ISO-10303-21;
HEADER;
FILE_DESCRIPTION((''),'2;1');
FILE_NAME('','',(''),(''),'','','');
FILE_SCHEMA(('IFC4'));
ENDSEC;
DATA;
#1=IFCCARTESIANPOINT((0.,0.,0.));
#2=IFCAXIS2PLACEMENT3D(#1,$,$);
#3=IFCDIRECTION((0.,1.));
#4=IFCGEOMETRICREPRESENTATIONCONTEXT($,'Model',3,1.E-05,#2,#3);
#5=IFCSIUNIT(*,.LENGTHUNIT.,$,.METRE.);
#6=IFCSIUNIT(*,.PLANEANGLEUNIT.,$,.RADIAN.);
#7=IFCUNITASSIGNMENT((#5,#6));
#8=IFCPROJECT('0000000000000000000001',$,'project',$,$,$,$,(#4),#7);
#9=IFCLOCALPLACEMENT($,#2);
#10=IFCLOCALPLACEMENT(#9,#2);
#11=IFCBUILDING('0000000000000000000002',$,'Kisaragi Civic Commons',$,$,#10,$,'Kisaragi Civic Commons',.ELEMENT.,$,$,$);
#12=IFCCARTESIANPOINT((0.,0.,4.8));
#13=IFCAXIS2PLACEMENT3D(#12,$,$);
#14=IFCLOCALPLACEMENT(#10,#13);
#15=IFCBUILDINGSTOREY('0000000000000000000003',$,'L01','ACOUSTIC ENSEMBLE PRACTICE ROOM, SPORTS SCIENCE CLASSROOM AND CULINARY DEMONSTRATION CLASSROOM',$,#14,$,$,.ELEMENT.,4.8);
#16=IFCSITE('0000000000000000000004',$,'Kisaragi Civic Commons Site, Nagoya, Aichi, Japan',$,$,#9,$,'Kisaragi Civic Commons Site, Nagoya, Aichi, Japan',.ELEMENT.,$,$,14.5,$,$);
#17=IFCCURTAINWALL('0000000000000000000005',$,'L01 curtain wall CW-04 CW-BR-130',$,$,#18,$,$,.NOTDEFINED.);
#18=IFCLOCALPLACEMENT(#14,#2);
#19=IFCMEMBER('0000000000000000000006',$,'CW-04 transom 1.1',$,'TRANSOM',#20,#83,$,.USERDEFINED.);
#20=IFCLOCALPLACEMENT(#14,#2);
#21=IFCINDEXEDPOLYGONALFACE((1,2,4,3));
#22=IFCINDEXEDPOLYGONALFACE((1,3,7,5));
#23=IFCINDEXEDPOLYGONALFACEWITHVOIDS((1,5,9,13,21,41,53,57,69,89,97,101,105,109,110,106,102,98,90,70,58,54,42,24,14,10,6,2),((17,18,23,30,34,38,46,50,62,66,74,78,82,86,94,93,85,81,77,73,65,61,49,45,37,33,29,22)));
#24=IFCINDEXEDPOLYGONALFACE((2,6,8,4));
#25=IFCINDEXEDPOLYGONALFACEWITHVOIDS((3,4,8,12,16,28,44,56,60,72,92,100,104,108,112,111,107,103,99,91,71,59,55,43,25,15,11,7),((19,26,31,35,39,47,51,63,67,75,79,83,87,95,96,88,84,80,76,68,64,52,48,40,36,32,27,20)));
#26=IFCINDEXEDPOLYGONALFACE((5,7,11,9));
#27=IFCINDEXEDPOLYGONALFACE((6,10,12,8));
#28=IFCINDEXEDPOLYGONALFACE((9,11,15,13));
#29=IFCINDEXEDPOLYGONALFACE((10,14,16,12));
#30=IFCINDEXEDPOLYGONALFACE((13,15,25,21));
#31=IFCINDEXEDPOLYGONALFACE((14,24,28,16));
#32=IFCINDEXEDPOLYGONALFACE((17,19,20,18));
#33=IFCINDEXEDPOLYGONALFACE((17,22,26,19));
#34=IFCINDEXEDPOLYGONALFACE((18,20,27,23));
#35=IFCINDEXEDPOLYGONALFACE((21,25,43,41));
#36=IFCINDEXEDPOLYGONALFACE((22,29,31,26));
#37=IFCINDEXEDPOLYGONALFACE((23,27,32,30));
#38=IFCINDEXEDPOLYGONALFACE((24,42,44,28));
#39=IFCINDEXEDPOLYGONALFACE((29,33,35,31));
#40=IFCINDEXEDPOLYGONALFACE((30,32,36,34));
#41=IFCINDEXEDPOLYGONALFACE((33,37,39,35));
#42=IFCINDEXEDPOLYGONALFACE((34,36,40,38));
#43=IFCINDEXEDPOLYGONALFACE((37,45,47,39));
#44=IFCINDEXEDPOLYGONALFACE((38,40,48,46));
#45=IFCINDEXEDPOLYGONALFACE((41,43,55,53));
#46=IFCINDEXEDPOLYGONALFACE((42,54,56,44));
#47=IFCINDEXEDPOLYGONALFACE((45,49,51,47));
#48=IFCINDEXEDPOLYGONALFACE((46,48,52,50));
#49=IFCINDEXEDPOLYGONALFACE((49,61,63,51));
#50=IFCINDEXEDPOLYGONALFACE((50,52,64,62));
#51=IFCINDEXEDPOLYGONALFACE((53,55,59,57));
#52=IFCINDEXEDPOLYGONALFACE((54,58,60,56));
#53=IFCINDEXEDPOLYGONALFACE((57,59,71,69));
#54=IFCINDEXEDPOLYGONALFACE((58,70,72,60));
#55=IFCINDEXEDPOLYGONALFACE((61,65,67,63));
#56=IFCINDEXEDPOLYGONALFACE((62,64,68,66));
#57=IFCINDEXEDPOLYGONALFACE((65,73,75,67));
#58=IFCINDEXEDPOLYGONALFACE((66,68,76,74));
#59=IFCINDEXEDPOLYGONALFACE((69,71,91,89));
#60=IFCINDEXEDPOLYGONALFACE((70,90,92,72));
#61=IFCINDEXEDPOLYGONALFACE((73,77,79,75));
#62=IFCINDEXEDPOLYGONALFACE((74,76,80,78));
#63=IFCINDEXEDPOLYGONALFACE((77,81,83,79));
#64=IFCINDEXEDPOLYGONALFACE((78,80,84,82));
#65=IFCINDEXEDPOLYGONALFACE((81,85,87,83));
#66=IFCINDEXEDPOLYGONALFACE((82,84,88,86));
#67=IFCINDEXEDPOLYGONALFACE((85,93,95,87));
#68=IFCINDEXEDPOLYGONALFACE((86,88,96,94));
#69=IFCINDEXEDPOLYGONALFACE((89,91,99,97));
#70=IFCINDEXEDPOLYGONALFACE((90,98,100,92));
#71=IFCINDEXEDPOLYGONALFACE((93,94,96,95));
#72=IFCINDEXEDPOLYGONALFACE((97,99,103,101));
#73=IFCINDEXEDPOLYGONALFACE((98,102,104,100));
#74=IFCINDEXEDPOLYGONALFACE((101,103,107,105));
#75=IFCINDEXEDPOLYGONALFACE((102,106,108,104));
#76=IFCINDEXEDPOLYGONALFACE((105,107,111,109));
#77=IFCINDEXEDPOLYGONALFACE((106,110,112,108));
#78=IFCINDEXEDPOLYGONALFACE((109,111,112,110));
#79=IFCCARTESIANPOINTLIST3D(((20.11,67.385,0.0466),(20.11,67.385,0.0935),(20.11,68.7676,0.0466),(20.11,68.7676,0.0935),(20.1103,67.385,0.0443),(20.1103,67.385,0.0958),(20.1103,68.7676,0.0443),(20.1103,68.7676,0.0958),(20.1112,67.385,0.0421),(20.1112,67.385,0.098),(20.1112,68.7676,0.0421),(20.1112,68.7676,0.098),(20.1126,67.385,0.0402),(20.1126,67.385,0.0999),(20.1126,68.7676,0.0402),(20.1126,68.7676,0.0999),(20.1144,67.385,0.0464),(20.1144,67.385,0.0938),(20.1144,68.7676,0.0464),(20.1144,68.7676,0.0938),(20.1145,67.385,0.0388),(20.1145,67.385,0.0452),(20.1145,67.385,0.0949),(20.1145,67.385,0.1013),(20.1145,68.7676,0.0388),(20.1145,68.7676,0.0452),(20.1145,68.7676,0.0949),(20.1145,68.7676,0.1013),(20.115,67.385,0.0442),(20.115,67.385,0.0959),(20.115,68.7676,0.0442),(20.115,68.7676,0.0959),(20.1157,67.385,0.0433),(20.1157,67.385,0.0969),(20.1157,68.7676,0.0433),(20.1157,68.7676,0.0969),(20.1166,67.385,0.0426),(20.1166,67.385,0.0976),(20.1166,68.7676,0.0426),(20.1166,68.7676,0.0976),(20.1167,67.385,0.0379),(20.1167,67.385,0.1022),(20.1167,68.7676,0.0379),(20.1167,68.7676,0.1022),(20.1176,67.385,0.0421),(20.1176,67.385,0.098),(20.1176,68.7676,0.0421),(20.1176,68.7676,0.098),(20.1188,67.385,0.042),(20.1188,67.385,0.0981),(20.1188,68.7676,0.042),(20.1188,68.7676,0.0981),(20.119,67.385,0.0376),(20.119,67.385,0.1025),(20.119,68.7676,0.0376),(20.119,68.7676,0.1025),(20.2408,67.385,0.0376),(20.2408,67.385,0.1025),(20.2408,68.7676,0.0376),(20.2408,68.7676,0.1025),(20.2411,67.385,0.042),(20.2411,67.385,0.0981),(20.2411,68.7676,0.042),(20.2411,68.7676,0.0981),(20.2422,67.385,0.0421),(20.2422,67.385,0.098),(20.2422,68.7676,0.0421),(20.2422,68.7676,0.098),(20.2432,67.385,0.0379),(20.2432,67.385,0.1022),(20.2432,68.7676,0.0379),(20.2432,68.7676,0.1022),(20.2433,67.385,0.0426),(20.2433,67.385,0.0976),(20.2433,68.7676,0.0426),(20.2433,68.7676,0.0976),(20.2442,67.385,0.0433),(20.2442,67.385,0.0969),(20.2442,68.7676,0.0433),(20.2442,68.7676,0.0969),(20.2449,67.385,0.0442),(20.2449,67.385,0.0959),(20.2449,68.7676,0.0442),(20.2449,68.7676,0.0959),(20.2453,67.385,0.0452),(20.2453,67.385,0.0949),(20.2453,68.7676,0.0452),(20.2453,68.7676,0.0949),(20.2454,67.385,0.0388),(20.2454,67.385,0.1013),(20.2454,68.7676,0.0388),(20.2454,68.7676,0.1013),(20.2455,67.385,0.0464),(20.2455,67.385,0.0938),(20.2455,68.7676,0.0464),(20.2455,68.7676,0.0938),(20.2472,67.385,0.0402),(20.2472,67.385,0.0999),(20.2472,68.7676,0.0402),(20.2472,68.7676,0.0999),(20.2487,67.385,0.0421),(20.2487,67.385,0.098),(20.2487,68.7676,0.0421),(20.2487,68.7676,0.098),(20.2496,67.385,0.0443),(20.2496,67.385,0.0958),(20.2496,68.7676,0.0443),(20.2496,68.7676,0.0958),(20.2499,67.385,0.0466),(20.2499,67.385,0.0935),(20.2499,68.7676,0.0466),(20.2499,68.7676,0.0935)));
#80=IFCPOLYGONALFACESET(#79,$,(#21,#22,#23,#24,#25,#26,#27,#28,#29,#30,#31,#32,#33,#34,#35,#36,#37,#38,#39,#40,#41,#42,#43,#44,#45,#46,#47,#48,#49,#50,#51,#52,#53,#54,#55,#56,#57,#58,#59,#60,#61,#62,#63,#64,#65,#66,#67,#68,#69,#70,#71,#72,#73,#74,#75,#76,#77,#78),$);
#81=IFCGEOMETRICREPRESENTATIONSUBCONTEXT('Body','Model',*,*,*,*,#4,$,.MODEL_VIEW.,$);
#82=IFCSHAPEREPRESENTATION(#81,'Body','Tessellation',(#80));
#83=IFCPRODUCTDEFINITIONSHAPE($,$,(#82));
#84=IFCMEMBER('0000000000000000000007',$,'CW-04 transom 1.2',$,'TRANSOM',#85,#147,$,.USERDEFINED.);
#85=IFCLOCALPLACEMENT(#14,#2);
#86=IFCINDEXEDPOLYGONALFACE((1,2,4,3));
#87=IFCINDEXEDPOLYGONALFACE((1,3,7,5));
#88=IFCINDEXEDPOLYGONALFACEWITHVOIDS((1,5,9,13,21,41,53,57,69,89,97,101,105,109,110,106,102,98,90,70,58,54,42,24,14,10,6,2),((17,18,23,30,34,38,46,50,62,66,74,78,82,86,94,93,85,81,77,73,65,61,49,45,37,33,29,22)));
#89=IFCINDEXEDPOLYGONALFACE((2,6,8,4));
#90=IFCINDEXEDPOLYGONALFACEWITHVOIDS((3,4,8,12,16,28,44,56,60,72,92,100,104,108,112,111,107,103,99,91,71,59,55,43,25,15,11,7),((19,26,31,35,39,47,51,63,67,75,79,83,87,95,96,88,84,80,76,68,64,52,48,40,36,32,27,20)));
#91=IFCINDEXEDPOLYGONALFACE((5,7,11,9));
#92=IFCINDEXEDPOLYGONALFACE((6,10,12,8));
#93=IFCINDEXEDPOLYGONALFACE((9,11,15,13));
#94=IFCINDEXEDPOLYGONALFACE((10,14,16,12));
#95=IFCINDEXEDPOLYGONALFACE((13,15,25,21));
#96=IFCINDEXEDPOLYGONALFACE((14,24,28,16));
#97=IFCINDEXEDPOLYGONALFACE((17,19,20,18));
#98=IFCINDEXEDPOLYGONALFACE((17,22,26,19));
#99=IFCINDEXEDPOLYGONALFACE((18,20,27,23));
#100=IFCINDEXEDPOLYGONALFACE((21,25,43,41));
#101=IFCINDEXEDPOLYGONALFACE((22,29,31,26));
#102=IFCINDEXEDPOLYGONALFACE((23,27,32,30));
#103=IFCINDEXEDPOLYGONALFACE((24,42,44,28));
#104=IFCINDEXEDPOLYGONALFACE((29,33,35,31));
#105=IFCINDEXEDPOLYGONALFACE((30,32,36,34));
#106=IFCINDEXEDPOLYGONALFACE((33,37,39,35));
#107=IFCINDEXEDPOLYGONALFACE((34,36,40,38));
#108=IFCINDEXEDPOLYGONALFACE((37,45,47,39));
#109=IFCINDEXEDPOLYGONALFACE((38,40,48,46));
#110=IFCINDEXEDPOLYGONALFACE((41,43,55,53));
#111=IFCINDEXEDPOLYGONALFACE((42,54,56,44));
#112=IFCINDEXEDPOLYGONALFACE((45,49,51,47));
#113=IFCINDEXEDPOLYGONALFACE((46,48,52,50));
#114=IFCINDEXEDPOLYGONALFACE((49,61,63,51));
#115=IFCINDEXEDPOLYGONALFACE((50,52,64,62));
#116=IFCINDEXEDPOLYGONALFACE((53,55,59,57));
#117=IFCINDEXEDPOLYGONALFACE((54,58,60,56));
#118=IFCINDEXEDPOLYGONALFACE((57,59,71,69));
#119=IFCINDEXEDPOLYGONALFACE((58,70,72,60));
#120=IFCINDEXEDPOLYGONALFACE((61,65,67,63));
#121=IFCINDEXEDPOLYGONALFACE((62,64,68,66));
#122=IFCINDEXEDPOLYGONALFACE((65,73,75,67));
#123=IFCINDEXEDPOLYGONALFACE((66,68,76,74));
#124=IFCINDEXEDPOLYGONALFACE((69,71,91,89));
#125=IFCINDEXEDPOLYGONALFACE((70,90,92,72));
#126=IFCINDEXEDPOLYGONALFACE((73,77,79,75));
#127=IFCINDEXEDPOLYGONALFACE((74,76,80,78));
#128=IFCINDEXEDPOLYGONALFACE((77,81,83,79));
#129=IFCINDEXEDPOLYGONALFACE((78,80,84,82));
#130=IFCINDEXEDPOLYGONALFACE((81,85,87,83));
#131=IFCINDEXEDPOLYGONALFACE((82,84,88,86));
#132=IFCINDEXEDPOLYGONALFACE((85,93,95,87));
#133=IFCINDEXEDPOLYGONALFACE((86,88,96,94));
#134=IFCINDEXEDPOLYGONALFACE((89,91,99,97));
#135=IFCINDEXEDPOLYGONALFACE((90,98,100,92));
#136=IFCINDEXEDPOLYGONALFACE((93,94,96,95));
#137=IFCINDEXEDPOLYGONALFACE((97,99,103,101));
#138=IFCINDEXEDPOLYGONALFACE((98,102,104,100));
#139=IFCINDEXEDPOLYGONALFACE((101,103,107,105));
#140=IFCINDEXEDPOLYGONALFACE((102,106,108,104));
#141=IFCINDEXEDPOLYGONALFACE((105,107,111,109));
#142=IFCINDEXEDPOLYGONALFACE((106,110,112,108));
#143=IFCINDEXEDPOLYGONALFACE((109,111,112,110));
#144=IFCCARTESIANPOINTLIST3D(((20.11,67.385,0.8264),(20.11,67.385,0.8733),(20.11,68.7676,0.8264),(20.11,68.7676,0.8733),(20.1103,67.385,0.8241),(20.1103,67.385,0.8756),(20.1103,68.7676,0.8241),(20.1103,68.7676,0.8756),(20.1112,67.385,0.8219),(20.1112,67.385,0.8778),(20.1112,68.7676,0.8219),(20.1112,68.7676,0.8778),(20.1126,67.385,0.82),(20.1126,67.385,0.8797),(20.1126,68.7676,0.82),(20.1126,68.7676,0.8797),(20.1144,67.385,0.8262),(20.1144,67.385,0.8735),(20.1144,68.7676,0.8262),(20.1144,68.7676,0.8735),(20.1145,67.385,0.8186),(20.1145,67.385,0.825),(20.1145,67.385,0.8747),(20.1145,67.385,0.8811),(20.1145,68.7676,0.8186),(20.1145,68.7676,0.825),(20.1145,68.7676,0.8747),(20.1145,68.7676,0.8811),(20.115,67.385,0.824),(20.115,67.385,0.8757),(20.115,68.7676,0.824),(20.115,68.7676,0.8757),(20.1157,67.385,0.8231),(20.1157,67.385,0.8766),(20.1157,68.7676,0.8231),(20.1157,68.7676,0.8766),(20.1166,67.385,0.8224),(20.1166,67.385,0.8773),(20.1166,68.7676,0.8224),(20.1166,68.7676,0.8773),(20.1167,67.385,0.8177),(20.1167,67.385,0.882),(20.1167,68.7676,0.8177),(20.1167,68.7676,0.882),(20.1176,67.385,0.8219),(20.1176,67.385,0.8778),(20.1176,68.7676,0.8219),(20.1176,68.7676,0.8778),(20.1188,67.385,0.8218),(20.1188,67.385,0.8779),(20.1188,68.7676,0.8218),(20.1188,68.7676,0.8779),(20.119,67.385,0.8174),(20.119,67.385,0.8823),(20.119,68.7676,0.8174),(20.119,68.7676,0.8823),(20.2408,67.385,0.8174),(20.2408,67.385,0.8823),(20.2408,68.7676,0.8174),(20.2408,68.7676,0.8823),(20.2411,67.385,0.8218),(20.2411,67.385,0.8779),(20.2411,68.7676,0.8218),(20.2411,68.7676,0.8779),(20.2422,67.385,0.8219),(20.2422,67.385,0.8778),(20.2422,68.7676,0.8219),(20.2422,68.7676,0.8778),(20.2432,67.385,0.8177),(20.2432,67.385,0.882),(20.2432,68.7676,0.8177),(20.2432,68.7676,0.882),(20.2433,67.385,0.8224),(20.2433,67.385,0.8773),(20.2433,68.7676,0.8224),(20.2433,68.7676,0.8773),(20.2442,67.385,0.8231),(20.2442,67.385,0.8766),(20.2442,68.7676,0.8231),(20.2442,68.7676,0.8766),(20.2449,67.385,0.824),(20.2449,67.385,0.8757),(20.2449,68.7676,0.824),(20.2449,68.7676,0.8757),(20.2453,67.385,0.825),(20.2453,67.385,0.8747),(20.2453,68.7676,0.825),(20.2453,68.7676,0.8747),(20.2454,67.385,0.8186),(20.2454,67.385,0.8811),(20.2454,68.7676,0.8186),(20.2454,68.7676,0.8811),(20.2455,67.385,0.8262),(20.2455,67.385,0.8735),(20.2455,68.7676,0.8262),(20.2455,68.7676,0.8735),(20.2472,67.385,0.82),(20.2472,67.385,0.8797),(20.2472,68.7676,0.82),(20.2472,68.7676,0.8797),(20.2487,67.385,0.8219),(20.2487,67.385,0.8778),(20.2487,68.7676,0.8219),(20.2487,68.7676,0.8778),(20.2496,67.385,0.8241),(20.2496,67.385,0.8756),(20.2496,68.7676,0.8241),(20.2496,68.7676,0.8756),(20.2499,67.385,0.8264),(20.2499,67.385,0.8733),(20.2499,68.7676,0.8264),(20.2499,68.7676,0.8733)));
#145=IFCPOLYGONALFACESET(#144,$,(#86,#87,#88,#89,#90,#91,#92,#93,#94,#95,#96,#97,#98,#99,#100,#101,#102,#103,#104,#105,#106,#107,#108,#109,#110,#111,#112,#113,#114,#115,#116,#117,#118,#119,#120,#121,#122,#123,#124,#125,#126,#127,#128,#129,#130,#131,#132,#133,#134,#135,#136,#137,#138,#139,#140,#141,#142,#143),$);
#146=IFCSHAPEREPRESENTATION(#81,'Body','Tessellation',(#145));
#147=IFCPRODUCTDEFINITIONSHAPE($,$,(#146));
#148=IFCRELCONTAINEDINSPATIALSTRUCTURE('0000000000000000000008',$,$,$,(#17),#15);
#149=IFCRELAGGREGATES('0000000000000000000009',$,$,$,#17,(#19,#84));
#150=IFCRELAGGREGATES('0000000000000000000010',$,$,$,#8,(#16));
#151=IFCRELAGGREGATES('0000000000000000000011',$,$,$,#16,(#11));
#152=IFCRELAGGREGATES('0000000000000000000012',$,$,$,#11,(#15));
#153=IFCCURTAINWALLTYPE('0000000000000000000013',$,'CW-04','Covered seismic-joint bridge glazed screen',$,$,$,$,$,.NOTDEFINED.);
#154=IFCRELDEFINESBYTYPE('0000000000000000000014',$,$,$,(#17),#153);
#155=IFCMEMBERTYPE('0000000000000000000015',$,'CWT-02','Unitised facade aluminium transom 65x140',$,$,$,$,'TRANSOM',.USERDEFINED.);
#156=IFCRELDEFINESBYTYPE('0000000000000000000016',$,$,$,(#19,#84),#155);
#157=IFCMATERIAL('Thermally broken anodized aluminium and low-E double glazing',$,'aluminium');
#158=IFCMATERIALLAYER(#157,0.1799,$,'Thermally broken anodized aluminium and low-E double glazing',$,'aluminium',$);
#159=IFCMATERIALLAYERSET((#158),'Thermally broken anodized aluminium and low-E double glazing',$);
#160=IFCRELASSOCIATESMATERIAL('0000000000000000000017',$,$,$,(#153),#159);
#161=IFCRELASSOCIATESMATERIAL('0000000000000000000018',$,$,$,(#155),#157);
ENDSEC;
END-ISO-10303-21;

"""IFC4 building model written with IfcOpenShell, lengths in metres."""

from ifc_helpers import new_model, si_unit, direction, frame, origin, origin_2d, place, context, subcontext, project, spatial, hollow_rectangle, extrude, material, layer, layer_set, material_profile, profile_set, type_object, element, aggregate, save


model = new_model("IFC4")

# Units and contexts
model_context = context("Model", 3, precision=1e-05, world=origin(), true_north=direction((0.0, 1.0)))
body_context = subcontext(model_context, "Body", "Model", "MODEL_VIEW")
ifc_project = project(units=[si_unit("LENGTHUNIT", "METRE"), si_unit("PLANEANGLEUNIT", "RADIAN")], contexts=[model_context])

# Site, building, storey
site_placement = place(None, origin())
site = spatial("IfcSite", under=ifc_project, at=site_placement, Name="Kisaragi Civic Commons Site, Nagoya, Aichi, Japan", LongName="Kisaragi Civic Commons Site, Nagoya, Aichi, Japan", CompositionType="ELEMENT", RefElevation=14.5)
building_placement = place(site_placement, origin())
building = spatial("IfcBuilding", under=site, at=building_placement, Name="Kisaragi Civic Commons", LongName="Kisaragi Civic Commons", CompositionType="ELEMENT")
storey_placement = place(building_placement, frame((0.0, 0.0, 4.8)))
storey = spatial("IfcBuildingStorey", under=building, at=storey_placement, Name="L01", Description="ACOUSTIC ENSEMBLE PRACTICE ROOM, SPORTS SCIENCE CLASSROOM AND CULINARY DEMONSTRATION CLASSROOM", CompositionType="ELEMENT", Elevation=4.8)

# Shared definitions
ifc_material_1 = material(Name="Thermally broken anodized aluminium and low-E double glazing", Category="aluminium")
ifc_layer_1 = layer(ifc_material_1, 0.1799, Name="Thermally broken anodized aluminium and low-E double glazing", Category="aluminium")
ifc_layer_set_1 = layer_set([ifc_layer_1], Name="Thermally broken anodized aluminium and low-E double glazing")
curtain_wall_type = type_object("IfcCurtainWallType", Name="CW-04", Description="Covered seismic-joint bridge glazed screen", PredefinedType="NOTDEFINED", material=ifc_layer_set_1)

# Curtain wall
curtain_wall_1_placement = place(storey_placement, origin())
curtain_wall_1 = element("IfcCurtainWall", 1, at=curtain_wall_1_placement, inside=storey, type_object=curtain_wall_type, Name="L01 curtain wall CW-04 CW-BR-130", PredefinedType="NOTDEFINED")

# Members
ifc_material_profile_1 = material_profile(ifc_material_1, hollow_rectangle(XDim=0.1399, YDim=0.0649, WallThickness=0.0044, InnerFilletRadius=0.0044, OuterFilletRadius=0.009, at=origin_2d()), Name="CWT-65x140x4.5", Category="aluminium")
ifc_profile_set_1 = profile_set([ifc_material_profile_1], Name="Thermally broken anodized aluminium and low-E double glazing")
member_type_1 = type_object("IfcMemberType", Name="CWT-02", Description="Unitised facade aluminium transom 65x140", ElementType="TRANSOM", PredefinedType="USERDEFINED", material=ifc_profile_set_1)
member_1_placement = place(storey_placement, frame((20.1799, 67.385, 0.0701), z_axis=(0.0, 1.0, 0.0), x_axis=(-1.0, 0.0, 0.0)))
member_1 = element("IfcMember", 2, at=member_1_placement, type_object=member_type_1, Name="CW-04 transom 1.1", ObjectType="TRANSOM", PredefinedType="USERDEFINED", context=body_context, shape_type="SweptSolid", body=[
    extrude(hollow_rectangle(XDim=0.1399, YDim=0.0649, WallThickness=0.0044, InnerFilletRadius=0.0044, OuterFilletRadius=0.009, at=origin_2d()), origin(), (0.0, 0.0, 1.0), 1.3826),
])
member_2_placement = place(storey_placement, frame((20.1799, 67.385, 0.8499), z_axis=(0.0, 1.0, 0.0), x_axis=(-1.0, 0.0, 0.0)))
member_2 = element("IfcMember", 3, at=member_2_placement, type_object=member_type_1, Name="CW-04 transom 1.2", ObjectType="TRANSOM", PredefinedType="USERDEFINED", context=body_context, shape_type="SweptSolid", body=[
    extrude(hollow_rectangle(XDim=0.1399, YDim=0.0649, WallThickness=0.0044, InnerFilletRadius=0.0044, OuterFilletRadius=0.009, at=origin_2d()), origin(), (0.0, 0.0, 1.0), 1.3826),
])

aggregate(curtain_wall_1, [member_1, member_2])

save(model, "model.ifc")
